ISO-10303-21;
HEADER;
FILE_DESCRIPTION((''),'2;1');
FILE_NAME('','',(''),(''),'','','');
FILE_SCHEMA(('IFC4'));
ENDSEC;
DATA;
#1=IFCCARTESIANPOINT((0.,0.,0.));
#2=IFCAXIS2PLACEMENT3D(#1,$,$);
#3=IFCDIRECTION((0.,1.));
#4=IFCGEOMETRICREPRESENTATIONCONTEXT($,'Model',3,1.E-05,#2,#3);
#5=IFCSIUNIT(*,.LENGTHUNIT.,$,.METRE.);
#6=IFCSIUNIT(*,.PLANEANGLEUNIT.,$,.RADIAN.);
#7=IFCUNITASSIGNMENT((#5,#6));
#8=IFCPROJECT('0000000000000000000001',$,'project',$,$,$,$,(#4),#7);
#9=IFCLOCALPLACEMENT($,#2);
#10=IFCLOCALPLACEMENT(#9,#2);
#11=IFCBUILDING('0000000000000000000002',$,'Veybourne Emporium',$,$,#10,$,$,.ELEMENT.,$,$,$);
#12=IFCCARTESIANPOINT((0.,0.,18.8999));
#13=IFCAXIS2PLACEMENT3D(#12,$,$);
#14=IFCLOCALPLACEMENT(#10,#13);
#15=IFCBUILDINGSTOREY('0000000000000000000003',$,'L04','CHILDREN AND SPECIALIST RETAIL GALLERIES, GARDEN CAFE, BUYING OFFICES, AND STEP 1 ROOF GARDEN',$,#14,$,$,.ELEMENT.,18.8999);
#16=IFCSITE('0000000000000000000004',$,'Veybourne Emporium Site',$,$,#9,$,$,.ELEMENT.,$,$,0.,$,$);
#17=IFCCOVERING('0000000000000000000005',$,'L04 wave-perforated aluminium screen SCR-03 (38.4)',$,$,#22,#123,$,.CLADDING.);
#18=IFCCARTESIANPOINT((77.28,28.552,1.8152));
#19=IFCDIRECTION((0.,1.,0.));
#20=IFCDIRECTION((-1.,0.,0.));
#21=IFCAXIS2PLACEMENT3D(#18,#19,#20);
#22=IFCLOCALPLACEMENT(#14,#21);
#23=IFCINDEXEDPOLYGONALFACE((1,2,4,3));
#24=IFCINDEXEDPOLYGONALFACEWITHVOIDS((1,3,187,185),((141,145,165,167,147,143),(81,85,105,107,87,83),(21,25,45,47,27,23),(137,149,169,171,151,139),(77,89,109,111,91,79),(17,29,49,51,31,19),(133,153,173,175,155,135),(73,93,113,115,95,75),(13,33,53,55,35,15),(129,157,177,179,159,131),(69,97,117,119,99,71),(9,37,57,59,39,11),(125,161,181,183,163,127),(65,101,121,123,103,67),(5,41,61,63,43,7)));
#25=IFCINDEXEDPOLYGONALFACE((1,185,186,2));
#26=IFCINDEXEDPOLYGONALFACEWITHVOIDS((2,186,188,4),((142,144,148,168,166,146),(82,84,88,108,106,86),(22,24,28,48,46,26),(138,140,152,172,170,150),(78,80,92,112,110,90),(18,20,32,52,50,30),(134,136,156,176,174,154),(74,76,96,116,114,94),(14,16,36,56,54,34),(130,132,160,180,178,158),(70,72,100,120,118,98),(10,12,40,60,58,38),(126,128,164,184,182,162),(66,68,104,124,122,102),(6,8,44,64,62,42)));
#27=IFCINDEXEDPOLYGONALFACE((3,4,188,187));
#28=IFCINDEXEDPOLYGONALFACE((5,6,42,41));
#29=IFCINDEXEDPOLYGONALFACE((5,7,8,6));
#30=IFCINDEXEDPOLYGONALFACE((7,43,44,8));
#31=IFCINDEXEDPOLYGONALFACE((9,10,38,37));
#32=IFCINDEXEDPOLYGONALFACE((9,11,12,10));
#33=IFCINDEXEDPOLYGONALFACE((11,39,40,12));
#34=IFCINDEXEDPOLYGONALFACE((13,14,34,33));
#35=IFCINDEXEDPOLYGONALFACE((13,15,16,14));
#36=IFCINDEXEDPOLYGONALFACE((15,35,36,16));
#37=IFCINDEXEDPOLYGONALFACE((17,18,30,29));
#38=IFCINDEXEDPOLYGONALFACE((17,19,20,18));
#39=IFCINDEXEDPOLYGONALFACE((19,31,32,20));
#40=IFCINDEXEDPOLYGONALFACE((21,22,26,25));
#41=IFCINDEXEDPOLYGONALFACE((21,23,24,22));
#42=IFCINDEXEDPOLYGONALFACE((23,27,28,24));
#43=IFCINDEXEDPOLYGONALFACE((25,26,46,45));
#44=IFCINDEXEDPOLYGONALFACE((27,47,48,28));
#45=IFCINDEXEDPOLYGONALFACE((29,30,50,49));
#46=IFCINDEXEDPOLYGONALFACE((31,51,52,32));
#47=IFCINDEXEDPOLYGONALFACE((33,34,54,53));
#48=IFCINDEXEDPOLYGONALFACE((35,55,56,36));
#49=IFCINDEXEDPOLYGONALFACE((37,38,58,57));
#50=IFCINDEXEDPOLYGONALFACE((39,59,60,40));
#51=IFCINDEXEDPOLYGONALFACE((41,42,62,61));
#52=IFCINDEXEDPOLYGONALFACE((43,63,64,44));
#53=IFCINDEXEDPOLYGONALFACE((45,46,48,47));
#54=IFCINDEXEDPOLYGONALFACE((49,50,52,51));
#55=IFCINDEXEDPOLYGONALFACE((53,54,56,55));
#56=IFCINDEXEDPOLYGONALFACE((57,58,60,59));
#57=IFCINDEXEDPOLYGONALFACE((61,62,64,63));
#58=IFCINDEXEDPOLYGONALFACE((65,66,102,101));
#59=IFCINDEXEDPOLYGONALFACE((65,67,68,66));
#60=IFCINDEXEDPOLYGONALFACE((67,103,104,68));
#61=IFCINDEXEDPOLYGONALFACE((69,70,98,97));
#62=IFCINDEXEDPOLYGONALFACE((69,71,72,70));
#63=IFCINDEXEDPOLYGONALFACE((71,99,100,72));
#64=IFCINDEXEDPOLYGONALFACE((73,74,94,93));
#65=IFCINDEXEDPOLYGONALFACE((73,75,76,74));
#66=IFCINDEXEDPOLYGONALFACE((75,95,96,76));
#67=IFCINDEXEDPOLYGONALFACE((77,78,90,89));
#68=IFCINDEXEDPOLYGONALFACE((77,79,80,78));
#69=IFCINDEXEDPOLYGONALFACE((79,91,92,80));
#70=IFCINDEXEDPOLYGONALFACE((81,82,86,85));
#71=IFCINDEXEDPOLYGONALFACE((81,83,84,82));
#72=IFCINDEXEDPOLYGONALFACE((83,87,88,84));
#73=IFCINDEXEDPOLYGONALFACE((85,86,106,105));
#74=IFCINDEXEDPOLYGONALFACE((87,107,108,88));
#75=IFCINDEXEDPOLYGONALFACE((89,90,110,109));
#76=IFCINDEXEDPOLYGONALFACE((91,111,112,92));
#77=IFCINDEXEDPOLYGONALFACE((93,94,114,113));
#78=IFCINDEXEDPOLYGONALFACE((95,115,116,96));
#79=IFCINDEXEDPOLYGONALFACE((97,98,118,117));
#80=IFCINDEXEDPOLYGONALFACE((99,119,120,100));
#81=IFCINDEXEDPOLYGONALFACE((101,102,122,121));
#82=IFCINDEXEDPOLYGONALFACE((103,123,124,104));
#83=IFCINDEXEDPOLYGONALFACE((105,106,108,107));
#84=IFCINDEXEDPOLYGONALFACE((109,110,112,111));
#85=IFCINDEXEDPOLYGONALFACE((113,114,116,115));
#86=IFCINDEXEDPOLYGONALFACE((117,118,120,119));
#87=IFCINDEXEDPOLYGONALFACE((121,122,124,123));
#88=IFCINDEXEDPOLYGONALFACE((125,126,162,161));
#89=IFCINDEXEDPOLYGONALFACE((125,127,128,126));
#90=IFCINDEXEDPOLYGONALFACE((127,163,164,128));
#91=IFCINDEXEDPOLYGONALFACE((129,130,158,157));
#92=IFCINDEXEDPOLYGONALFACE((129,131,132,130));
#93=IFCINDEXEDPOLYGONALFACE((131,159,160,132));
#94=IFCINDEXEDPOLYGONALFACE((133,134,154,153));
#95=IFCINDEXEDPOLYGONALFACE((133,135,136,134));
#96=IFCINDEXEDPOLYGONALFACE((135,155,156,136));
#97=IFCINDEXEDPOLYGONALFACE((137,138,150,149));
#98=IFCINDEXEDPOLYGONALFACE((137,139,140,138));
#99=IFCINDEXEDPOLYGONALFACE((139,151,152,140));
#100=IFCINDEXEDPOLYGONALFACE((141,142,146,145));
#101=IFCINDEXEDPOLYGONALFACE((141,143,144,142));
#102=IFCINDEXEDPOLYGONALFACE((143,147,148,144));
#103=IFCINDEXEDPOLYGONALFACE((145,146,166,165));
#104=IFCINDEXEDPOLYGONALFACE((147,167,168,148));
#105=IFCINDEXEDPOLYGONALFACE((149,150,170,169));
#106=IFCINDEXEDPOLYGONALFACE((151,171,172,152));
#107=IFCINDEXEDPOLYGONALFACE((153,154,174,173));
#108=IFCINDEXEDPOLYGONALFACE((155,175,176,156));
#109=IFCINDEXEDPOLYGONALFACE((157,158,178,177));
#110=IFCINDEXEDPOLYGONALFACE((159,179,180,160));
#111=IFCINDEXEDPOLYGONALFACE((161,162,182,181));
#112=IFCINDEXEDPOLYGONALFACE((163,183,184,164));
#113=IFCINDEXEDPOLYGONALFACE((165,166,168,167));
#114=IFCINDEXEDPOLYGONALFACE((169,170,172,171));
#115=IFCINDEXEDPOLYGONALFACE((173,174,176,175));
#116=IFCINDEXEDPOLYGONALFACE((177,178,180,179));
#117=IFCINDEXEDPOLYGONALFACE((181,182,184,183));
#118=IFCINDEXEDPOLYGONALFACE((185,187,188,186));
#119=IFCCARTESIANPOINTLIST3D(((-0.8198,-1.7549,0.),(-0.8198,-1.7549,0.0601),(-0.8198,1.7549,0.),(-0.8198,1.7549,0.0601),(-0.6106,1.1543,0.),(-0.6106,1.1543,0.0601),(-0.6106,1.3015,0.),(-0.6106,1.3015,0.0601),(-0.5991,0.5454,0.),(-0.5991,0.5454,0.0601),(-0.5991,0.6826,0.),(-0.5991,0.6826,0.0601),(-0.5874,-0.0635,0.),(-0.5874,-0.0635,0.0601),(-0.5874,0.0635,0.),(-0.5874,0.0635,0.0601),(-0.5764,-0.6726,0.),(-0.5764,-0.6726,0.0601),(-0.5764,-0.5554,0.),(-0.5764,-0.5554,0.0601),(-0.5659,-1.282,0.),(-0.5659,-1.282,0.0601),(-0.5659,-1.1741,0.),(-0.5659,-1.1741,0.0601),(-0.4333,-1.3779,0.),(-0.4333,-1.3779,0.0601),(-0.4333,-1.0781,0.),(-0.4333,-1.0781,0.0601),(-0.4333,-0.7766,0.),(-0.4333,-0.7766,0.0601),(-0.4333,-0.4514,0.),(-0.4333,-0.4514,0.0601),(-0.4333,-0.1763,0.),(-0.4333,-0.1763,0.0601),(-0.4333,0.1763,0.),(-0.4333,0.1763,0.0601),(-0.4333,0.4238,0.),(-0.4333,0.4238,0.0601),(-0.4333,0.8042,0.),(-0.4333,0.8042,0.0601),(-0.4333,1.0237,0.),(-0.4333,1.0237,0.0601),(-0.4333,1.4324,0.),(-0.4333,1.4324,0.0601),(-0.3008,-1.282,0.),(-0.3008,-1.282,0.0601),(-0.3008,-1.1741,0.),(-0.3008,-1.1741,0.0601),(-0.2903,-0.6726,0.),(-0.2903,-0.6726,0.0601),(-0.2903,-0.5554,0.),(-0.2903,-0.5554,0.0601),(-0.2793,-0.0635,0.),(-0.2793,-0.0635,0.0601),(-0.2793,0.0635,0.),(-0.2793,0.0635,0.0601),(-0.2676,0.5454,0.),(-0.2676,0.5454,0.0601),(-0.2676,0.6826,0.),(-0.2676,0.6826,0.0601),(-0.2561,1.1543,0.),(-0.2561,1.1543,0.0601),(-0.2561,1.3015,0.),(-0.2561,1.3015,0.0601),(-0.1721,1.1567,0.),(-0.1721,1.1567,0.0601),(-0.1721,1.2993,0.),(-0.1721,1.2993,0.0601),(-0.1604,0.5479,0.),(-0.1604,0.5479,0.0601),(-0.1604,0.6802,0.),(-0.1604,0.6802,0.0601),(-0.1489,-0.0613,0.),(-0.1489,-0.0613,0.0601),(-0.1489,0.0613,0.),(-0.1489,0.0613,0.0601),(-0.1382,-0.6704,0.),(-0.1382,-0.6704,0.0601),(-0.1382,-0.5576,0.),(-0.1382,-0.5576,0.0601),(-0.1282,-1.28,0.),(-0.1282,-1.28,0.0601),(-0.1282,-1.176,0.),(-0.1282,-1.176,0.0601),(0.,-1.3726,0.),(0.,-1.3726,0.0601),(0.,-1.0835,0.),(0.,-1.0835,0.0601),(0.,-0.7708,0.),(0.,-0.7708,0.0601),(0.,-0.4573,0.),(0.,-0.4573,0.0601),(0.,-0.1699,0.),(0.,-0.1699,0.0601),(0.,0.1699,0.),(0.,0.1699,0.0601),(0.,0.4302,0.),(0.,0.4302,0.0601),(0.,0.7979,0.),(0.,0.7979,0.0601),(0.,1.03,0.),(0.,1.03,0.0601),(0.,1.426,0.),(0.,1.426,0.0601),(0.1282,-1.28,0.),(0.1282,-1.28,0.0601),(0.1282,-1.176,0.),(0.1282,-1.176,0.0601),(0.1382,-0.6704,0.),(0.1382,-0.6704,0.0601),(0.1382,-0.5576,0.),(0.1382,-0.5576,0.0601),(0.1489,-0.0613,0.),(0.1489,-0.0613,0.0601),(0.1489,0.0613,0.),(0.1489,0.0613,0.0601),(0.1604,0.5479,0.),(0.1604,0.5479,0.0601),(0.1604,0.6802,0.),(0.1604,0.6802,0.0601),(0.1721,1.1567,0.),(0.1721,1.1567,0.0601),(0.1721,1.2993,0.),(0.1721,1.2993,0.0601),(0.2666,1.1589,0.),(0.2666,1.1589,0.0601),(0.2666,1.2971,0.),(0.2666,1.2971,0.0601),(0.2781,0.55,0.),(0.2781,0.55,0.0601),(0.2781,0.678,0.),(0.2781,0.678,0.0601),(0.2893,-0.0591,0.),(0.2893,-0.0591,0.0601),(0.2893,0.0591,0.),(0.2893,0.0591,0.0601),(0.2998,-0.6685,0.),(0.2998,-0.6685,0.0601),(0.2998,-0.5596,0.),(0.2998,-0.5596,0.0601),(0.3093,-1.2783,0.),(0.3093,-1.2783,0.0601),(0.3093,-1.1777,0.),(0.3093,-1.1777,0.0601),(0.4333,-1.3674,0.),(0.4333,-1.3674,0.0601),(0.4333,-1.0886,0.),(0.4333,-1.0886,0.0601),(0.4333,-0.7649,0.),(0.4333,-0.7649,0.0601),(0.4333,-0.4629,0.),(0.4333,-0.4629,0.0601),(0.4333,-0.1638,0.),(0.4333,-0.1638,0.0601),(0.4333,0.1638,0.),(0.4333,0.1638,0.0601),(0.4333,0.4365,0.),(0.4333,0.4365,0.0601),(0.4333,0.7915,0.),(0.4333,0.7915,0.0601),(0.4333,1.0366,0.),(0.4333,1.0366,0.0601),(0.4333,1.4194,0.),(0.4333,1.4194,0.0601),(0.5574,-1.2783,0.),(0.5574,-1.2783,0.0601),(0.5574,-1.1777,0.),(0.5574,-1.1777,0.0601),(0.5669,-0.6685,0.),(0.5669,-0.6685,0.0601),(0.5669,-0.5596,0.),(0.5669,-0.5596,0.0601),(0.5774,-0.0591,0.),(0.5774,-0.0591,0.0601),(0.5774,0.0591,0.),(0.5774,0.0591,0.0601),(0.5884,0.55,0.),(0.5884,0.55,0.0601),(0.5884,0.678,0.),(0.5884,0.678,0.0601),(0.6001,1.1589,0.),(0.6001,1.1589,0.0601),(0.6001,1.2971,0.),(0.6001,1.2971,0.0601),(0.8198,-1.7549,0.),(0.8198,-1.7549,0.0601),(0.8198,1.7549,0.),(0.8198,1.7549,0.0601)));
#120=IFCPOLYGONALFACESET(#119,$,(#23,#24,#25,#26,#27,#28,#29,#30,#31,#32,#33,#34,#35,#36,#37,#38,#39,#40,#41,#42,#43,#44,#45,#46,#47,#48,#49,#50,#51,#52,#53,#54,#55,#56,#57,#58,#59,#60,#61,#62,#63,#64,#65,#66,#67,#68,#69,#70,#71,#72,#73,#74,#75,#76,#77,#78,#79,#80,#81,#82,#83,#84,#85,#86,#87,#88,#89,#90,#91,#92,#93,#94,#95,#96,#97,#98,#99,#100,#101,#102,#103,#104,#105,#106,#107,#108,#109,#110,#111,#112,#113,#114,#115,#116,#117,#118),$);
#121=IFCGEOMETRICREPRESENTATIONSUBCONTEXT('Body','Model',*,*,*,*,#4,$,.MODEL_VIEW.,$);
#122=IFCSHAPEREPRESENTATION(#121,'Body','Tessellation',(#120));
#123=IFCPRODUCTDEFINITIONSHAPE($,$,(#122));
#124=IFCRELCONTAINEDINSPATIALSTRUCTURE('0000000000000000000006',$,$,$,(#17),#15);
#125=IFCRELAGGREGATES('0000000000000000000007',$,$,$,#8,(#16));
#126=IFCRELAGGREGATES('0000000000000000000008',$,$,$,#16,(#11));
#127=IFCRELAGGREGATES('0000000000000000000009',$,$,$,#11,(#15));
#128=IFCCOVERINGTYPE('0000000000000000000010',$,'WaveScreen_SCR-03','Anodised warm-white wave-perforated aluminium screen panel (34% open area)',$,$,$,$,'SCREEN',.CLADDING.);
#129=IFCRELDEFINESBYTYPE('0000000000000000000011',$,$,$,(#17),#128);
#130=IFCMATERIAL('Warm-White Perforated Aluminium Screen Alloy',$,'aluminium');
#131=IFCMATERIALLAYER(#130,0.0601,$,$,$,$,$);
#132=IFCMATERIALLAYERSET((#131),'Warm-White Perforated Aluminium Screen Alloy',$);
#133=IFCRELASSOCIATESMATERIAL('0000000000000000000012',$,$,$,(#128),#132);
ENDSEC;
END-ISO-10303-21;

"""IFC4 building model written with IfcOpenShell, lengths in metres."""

from ifc_helpers import new_model, si_unit, direction, frame, origin, place, context, subcontext, project, spatial, polyline, outline, extrude, material, layer, layer_set, type_object, element, save


model = new_model("IFC4")

# Units and contexts
model_context = context("Model", 3, precision=1e-05, world=origin(), true_north=direction((0.0, 1.0)))
body_context = subcontext(model_context, "Body", "Model", "MODEL_VIEW")
ifc_project = project(units=[si_unit("LENGTHUNIT", "METRE"), si_unit("PLANEANGLEUNIT", "RADIAN")], contexts=[model_context])

# Site, building, storey
site_placement = place(None, origin())
site = spatial("IfcSite", under=ifc_project, at=site_placement, Name="Veybourne Emporium Site", CompositionType="ELEMENT", RefElevation=0.0)
building_placement = place(site_placement, origin())
building = spatial("IfcBuilding", under=site, at=building_placement, Name="Veybourne Emporium", CompositionType="ELEMENT")
storey_placement = place(building_placement, frame((0.0, 0.0, 18.8999)))
storey = spatial("IfcBuildingStorey", under=building, at=storey_placement, Name="L04", Description="CHILDREN AND SPECIALIST RETAIL GALLERIES, GARDEN CAFE, BUYING OFFICES, AND STEP 1 ROOF GARDEN", CompositionType="ELEMENT", Elevation=18.8999)

# Covering
ifc_material_1 = material(Name="Warm-White Perforated Aluminium Screen Alloy", Category="aluminium")
ifc_layer_1 = layer(ifc_material_1, 0.0601)
ifc_layer_set_1 = layer_set([ifc_layer_1], Name="Warm-White Perforated Aluminium Screen Alloy")
covering_type_1 = type_object("IfcCoveringType", Name="WaveScreen_SCR-03", Description="Anodised warm-white wave-perforated aluminium screen panel (34% open area)", ElementType="SCREEN", PredefinedType="CLADDING", material=ifc_layer_set_1)
covering_1_placement = place(storey_placement, frame((77.28, 28.552, 1.8152), z_axis=(0.0, 1.0, 0.0), x_axis=(-1.0, 0.0, 0.0)))
element("IfcCovering", 1, at=covering_1_placement, inside=storey, type_object=covering_type_1, Name="L04 wave-perforated aluminium screen SCR-03 (38.4)", PredefinedType="CLADDING", context=body_context, shape_type="SweptSolid", body=[
    extrude(outline(polyline([(-0.8198, -1.7549), (0.8198, -1.7549), (0.8198, 1.7549), (-0.8198, 1.7549), (-0.8198, -1.7549)]), holes=[polyline([(-0.4333, -1.0781), (-0.3008, -1.1741), (-0.3008, -1.282), (-0.4333, -1.3779), (-0.5659, -1.282), (-0.5659, -1.1741), (-0.4333, -1.0781)]), polyline([(-0.4333, -0.4514), (-0.2903, -0.5554), (-0.2903, -0.6726), (-0.4333, -0.7766), (-0.5764, -0.6726), (-0.5764, -0.5554), (-0.4333, -0.4514)]), polyline([(-0.4333, 0.1763), (-0.2793, 0.0635), (-0.2793, -0.0635), (-0.4333, -0.1763), (-0.5874, -0.0635), (-0.5874, 0.0635), (-0.4333, 0.1763)]), polyline([(-0.4333, 0.8042), (-0.2676, 0.6826), (-0.2676, 0.5454), (-0.4333, 0.4238), (-0.5991, 0.5454), (-0.5991, 0.6826), (-0.4333, 0.8042)]), polyline([(-0.4333, 1.4324), (-0.2561, 1.3015), (-0.2561, 1.1543), (-0.4333, 1.0237), (-0.6106, 1.1543), (-0.6106, 1.3015), (-0.4333, 1.4324)]), polyline([(0.0, -1.0835), (0.1282, -1.176), (0.1282, -1.28), (0.0, -1.3726), (-0.1282, -1.28), (-0.1282, -1.176), (0.0, -1.0835)]), polyline([(0.0, -0.4573), (0.1382, -0.5576), (0.1382, -0.6704), (0.0, -0.7708), (-0.1382, -0.6704), (-0.1382, -0.5576), (0.0, -0.4573)]), polyline([(0.0, 0.1699), (0.1489, 0.0613), (0.1489, -0.0613), (0.0, -0.1699), (-0.1489, -0.0613), (-0.1489, 0.0613), (0.0, 0.1699)]), polyline([(0.0, 0.7979), (0.1604, 0.6802), (0.1604, 0.5479), (0.0, 0.4302), (-0.1604, 0.5479), (-0.1604, 0.6802), (0.0, 0.7979)]), polyline([(0.0, 1.426), (0.1721, 1.2993), (0.1721, 1.1567), (0.0, 1.03), (-0.1721, 1.1567), (-0.1721, 1.2993), (0.0, 1.426)]), polyline([(0.4333, -1.0886), (0.5574, -1.1777), (0.5574, -1.2783), (0.4333, -1.3674), (0.3093, -1.2783), (0.3093, -1.1777), (0.4333, -1.0886)]), polyline([(0.4333, -0.4629), (0.5669, -0.5596), (0.5669, -0.6685), (0.4333, -0.7649), (0.2998, -0.6685), (0.2998, -0.5596), (0.4333, -0.4629)]), polyline([(0.4333, 0.1638), (0.5774, 0.0591), (0.5774, -0.0591), (0.4333, -0.1638), (0.2893, -0.0591), (0.2893, 0.0591), (0.4333, 0.1638)]), polyline([(0.4333, 0.7915), (0.5884, 0.678), (0.5884, 0.55), (0.4333, 0.4365), (0.2781, 0.55), (0.2781, 0.678), (0.4333, 0.7915)]), polyline([(0.4333, 1.4194), (0.6001, 1.2971), (0.6001, 1.1589), (0.4333, 1.0366), (0.2666, 1.1589), (0.2666, 1.2971), (0.4333, 1.4194)])]), origin(), (0.0, 0.0, 1.0), 0.0601),
])

save(model, "model.ifc")
